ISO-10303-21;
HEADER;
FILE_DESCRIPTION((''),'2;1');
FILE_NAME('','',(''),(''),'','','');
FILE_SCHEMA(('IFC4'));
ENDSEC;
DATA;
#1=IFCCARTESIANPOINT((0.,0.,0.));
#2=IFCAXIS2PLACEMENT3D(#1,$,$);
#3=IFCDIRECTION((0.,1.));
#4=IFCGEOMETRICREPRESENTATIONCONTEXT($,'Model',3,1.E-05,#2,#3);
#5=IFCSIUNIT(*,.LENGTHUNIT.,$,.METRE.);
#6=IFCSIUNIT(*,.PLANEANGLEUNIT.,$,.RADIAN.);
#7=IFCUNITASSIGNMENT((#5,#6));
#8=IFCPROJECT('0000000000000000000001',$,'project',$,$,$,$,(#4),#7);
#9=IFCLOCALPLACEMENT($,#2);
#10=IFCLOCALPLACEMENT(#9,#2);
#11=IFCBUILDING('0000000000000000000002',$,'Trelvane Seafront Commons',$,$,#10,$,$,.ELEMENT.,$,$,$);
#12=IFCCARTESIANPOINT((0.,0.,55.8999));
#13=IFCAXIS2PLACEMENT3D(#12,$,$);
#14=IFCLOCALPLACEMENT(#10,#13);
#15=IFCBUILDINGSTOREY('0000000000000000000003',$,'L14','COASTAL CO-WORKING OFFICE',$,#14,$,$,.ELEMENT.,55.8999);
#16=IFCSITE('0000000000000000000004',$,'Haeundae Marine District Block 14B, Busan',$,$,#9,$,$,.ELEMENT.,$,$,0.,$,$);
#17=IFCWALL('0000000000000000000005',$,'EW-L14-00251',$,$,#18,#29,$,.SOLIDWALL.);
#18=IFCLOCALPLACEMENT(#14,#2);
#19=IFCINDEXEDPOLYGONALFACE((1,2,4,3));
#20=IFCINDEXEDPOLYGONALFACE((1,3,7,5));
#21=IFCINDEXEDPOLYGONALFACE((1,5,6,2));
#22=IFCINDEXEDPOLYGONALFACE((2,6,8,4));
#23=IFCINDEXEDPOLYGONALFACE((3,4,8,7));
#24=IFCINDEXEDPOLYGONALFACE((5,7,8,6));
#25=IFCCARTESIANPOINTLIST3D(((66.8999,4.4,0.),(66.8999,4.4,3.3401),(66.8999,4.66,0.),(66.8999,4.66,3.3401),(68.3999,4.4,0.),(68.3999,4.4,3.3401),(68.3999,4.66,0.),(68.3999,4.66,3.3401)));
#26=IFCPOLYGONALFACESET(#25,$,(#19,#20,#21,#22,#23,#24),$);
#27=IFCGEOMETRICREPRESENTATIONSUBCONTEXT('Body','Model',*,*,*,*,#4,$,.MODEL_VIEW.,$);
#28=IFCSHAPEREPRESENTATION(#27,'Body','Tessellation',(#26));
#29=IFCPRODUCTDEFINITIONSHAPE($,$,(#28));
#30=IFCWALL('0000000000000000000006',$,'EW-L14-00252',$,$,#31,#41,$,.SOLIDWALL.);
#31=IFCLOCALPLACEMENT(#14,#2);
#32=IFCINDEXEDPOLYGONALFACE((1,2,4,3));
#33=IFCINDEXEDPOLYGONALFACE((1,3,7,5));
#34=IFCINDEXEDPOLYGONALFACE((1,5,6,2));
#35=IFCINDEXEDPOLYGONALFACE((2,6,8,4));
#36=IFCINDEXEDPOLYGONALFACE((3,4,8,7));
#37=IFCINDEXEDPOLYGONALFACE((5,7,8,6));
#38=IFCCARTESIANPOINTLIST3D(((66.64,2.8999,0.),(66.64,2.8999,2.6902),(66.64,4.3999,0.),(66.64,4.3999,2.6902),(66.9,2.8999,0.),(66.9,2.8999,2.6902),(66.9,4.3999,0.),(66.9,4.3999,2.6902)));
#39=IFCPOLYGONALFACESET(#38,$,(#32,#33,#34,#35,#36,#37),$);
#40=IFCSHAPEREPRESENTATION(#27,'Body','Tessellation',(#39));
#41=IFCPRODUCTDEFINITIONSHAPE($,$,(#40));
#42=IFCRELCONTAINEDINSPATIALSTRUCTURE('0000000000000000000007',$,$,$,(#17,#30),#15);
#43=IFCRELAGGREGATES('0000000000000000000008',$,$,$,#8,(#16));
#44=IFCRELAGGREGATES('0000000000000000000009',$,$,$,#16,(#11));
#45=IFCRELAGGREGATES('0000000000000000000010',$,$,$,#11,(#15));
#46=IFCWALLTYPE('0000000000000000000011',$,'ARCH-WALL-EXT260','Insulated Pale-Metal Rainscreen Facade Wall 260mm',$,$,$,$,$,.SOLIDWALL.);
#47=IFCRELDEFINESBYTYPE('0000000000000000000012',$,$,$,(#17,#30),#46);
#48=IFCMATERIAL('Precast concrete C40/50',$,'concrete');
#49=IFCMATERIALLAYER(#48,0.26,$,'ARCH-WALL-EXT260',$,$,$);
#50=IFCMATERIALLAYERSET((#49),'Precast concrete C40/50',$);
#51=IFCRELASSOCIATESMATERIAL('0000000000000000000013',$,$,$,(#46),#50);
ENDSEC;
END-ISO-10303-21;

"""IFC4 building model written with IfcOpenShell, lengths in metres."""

from ifc_helpers import new_model, si_unit, direction, frame, frame_2d, origin, place, context, subcontext, project, spatial, rectangle, extrude, material, layer, layer_set, type_object, element, save


model = new_model("IFC4")

# Units and contexts
model_context = context("Model", 3, precision=1e-05, world=origin(), true_north=direction((0.0, 1.0)))
body_context = subcontext(model_context, "Body", "Model", "MODEL_VIEW")
ifc_project = project(units=[si_unit("LENGTHUNIT", "METRE"), si_unit("PLANEANGLEUNIT", "RADIAN")], contexts=[model_context])

# Site, building, storey
site_placement = place(None, origin())
site = spatial("IfcSite", under=ifc_project, at=site_placement, Name="Haeundae Marine District Block 14B, Busan", CompositionType="ELEMENT", RefElevation=0.0)
building_placement = place(site_placement, origin())
building = spatial("IfcBuilding", under=site, at=building_placement, Name="Trelvane Seafront Commons", CompositionType="ELEMENT")
storey_placement = place(building_placement, frame((0.0, 0.0, 55.8999)))
storey = spatial("IfcBuildingStorey", under=building, at=storey_placement, Name="L14", Description="COASTAL CO-WORKING OFFICE", CompositionType="ELEMENT", Elevation=55.8999)

# Walls
ifc_material_1 = material(Name="Precast concrete C40/50", Category="concrete")
ifc_layer_1 = layer(ifc_material_1, 0.26, Name="ARCH-WALL-EXT260")
ifc_layer_set_1 = layer_set([ifc_layer_1], Name="Precast concrete C40/50")
wall_type_1 = type_object("IfcWallType", Name="ARCH-WALL-EXT260", Description="Insulated Pale-Metal Rainscreen Facade Wall 260mm", PredefinedType="SOLIDWALL", material=ifc_layer_set_1)
for number, where, z_axis, x_axis, name in (
    (1, (68.3999, 4.53, 0.0), (0.0, 0.0, 1.0), (-1.0, 0.0, 0.0), "EW-L14-00251"),
):
    element("IfcWall", number, at=place(storey_placement, frame(where, z_axis=z_axis, x_axis=x_axis)), inside=storey, type_object=wall_type_1, Name=name, PredefinedType="SOLIDWALL", context=body_context, shape_type="SweptSolid", body=[
        extrude(rectangle(XDim=1.5, YDim=0.26, at=frame_2d((0.75, 0.0))), origin(), (0.0, 0.0, 1.0), 3.3401),
    ])
wall_1_placement = place(storey_placement, frame((66.77, 4.3999, 0.0), z_axis=(0.0, 0.0, 1.0), x_axis=(0.0, -1.0, 0.0)))
element("IfcWall", 2, at=wall_1_placement, inside=storey, type_object=wall_type_1, Name="EW-L14-00252", PredefinedType="SOLIDWALL", context=body_context, shape_type="SweptSolid", body=[
    extrude(rectangle(XDim=1.5, YDim=0.26, at=frame_2d((0.75, 0.0))), origin(), (0.0, 0.0, 1.0), 2.6902),
])

save(model, "model.ifc")
